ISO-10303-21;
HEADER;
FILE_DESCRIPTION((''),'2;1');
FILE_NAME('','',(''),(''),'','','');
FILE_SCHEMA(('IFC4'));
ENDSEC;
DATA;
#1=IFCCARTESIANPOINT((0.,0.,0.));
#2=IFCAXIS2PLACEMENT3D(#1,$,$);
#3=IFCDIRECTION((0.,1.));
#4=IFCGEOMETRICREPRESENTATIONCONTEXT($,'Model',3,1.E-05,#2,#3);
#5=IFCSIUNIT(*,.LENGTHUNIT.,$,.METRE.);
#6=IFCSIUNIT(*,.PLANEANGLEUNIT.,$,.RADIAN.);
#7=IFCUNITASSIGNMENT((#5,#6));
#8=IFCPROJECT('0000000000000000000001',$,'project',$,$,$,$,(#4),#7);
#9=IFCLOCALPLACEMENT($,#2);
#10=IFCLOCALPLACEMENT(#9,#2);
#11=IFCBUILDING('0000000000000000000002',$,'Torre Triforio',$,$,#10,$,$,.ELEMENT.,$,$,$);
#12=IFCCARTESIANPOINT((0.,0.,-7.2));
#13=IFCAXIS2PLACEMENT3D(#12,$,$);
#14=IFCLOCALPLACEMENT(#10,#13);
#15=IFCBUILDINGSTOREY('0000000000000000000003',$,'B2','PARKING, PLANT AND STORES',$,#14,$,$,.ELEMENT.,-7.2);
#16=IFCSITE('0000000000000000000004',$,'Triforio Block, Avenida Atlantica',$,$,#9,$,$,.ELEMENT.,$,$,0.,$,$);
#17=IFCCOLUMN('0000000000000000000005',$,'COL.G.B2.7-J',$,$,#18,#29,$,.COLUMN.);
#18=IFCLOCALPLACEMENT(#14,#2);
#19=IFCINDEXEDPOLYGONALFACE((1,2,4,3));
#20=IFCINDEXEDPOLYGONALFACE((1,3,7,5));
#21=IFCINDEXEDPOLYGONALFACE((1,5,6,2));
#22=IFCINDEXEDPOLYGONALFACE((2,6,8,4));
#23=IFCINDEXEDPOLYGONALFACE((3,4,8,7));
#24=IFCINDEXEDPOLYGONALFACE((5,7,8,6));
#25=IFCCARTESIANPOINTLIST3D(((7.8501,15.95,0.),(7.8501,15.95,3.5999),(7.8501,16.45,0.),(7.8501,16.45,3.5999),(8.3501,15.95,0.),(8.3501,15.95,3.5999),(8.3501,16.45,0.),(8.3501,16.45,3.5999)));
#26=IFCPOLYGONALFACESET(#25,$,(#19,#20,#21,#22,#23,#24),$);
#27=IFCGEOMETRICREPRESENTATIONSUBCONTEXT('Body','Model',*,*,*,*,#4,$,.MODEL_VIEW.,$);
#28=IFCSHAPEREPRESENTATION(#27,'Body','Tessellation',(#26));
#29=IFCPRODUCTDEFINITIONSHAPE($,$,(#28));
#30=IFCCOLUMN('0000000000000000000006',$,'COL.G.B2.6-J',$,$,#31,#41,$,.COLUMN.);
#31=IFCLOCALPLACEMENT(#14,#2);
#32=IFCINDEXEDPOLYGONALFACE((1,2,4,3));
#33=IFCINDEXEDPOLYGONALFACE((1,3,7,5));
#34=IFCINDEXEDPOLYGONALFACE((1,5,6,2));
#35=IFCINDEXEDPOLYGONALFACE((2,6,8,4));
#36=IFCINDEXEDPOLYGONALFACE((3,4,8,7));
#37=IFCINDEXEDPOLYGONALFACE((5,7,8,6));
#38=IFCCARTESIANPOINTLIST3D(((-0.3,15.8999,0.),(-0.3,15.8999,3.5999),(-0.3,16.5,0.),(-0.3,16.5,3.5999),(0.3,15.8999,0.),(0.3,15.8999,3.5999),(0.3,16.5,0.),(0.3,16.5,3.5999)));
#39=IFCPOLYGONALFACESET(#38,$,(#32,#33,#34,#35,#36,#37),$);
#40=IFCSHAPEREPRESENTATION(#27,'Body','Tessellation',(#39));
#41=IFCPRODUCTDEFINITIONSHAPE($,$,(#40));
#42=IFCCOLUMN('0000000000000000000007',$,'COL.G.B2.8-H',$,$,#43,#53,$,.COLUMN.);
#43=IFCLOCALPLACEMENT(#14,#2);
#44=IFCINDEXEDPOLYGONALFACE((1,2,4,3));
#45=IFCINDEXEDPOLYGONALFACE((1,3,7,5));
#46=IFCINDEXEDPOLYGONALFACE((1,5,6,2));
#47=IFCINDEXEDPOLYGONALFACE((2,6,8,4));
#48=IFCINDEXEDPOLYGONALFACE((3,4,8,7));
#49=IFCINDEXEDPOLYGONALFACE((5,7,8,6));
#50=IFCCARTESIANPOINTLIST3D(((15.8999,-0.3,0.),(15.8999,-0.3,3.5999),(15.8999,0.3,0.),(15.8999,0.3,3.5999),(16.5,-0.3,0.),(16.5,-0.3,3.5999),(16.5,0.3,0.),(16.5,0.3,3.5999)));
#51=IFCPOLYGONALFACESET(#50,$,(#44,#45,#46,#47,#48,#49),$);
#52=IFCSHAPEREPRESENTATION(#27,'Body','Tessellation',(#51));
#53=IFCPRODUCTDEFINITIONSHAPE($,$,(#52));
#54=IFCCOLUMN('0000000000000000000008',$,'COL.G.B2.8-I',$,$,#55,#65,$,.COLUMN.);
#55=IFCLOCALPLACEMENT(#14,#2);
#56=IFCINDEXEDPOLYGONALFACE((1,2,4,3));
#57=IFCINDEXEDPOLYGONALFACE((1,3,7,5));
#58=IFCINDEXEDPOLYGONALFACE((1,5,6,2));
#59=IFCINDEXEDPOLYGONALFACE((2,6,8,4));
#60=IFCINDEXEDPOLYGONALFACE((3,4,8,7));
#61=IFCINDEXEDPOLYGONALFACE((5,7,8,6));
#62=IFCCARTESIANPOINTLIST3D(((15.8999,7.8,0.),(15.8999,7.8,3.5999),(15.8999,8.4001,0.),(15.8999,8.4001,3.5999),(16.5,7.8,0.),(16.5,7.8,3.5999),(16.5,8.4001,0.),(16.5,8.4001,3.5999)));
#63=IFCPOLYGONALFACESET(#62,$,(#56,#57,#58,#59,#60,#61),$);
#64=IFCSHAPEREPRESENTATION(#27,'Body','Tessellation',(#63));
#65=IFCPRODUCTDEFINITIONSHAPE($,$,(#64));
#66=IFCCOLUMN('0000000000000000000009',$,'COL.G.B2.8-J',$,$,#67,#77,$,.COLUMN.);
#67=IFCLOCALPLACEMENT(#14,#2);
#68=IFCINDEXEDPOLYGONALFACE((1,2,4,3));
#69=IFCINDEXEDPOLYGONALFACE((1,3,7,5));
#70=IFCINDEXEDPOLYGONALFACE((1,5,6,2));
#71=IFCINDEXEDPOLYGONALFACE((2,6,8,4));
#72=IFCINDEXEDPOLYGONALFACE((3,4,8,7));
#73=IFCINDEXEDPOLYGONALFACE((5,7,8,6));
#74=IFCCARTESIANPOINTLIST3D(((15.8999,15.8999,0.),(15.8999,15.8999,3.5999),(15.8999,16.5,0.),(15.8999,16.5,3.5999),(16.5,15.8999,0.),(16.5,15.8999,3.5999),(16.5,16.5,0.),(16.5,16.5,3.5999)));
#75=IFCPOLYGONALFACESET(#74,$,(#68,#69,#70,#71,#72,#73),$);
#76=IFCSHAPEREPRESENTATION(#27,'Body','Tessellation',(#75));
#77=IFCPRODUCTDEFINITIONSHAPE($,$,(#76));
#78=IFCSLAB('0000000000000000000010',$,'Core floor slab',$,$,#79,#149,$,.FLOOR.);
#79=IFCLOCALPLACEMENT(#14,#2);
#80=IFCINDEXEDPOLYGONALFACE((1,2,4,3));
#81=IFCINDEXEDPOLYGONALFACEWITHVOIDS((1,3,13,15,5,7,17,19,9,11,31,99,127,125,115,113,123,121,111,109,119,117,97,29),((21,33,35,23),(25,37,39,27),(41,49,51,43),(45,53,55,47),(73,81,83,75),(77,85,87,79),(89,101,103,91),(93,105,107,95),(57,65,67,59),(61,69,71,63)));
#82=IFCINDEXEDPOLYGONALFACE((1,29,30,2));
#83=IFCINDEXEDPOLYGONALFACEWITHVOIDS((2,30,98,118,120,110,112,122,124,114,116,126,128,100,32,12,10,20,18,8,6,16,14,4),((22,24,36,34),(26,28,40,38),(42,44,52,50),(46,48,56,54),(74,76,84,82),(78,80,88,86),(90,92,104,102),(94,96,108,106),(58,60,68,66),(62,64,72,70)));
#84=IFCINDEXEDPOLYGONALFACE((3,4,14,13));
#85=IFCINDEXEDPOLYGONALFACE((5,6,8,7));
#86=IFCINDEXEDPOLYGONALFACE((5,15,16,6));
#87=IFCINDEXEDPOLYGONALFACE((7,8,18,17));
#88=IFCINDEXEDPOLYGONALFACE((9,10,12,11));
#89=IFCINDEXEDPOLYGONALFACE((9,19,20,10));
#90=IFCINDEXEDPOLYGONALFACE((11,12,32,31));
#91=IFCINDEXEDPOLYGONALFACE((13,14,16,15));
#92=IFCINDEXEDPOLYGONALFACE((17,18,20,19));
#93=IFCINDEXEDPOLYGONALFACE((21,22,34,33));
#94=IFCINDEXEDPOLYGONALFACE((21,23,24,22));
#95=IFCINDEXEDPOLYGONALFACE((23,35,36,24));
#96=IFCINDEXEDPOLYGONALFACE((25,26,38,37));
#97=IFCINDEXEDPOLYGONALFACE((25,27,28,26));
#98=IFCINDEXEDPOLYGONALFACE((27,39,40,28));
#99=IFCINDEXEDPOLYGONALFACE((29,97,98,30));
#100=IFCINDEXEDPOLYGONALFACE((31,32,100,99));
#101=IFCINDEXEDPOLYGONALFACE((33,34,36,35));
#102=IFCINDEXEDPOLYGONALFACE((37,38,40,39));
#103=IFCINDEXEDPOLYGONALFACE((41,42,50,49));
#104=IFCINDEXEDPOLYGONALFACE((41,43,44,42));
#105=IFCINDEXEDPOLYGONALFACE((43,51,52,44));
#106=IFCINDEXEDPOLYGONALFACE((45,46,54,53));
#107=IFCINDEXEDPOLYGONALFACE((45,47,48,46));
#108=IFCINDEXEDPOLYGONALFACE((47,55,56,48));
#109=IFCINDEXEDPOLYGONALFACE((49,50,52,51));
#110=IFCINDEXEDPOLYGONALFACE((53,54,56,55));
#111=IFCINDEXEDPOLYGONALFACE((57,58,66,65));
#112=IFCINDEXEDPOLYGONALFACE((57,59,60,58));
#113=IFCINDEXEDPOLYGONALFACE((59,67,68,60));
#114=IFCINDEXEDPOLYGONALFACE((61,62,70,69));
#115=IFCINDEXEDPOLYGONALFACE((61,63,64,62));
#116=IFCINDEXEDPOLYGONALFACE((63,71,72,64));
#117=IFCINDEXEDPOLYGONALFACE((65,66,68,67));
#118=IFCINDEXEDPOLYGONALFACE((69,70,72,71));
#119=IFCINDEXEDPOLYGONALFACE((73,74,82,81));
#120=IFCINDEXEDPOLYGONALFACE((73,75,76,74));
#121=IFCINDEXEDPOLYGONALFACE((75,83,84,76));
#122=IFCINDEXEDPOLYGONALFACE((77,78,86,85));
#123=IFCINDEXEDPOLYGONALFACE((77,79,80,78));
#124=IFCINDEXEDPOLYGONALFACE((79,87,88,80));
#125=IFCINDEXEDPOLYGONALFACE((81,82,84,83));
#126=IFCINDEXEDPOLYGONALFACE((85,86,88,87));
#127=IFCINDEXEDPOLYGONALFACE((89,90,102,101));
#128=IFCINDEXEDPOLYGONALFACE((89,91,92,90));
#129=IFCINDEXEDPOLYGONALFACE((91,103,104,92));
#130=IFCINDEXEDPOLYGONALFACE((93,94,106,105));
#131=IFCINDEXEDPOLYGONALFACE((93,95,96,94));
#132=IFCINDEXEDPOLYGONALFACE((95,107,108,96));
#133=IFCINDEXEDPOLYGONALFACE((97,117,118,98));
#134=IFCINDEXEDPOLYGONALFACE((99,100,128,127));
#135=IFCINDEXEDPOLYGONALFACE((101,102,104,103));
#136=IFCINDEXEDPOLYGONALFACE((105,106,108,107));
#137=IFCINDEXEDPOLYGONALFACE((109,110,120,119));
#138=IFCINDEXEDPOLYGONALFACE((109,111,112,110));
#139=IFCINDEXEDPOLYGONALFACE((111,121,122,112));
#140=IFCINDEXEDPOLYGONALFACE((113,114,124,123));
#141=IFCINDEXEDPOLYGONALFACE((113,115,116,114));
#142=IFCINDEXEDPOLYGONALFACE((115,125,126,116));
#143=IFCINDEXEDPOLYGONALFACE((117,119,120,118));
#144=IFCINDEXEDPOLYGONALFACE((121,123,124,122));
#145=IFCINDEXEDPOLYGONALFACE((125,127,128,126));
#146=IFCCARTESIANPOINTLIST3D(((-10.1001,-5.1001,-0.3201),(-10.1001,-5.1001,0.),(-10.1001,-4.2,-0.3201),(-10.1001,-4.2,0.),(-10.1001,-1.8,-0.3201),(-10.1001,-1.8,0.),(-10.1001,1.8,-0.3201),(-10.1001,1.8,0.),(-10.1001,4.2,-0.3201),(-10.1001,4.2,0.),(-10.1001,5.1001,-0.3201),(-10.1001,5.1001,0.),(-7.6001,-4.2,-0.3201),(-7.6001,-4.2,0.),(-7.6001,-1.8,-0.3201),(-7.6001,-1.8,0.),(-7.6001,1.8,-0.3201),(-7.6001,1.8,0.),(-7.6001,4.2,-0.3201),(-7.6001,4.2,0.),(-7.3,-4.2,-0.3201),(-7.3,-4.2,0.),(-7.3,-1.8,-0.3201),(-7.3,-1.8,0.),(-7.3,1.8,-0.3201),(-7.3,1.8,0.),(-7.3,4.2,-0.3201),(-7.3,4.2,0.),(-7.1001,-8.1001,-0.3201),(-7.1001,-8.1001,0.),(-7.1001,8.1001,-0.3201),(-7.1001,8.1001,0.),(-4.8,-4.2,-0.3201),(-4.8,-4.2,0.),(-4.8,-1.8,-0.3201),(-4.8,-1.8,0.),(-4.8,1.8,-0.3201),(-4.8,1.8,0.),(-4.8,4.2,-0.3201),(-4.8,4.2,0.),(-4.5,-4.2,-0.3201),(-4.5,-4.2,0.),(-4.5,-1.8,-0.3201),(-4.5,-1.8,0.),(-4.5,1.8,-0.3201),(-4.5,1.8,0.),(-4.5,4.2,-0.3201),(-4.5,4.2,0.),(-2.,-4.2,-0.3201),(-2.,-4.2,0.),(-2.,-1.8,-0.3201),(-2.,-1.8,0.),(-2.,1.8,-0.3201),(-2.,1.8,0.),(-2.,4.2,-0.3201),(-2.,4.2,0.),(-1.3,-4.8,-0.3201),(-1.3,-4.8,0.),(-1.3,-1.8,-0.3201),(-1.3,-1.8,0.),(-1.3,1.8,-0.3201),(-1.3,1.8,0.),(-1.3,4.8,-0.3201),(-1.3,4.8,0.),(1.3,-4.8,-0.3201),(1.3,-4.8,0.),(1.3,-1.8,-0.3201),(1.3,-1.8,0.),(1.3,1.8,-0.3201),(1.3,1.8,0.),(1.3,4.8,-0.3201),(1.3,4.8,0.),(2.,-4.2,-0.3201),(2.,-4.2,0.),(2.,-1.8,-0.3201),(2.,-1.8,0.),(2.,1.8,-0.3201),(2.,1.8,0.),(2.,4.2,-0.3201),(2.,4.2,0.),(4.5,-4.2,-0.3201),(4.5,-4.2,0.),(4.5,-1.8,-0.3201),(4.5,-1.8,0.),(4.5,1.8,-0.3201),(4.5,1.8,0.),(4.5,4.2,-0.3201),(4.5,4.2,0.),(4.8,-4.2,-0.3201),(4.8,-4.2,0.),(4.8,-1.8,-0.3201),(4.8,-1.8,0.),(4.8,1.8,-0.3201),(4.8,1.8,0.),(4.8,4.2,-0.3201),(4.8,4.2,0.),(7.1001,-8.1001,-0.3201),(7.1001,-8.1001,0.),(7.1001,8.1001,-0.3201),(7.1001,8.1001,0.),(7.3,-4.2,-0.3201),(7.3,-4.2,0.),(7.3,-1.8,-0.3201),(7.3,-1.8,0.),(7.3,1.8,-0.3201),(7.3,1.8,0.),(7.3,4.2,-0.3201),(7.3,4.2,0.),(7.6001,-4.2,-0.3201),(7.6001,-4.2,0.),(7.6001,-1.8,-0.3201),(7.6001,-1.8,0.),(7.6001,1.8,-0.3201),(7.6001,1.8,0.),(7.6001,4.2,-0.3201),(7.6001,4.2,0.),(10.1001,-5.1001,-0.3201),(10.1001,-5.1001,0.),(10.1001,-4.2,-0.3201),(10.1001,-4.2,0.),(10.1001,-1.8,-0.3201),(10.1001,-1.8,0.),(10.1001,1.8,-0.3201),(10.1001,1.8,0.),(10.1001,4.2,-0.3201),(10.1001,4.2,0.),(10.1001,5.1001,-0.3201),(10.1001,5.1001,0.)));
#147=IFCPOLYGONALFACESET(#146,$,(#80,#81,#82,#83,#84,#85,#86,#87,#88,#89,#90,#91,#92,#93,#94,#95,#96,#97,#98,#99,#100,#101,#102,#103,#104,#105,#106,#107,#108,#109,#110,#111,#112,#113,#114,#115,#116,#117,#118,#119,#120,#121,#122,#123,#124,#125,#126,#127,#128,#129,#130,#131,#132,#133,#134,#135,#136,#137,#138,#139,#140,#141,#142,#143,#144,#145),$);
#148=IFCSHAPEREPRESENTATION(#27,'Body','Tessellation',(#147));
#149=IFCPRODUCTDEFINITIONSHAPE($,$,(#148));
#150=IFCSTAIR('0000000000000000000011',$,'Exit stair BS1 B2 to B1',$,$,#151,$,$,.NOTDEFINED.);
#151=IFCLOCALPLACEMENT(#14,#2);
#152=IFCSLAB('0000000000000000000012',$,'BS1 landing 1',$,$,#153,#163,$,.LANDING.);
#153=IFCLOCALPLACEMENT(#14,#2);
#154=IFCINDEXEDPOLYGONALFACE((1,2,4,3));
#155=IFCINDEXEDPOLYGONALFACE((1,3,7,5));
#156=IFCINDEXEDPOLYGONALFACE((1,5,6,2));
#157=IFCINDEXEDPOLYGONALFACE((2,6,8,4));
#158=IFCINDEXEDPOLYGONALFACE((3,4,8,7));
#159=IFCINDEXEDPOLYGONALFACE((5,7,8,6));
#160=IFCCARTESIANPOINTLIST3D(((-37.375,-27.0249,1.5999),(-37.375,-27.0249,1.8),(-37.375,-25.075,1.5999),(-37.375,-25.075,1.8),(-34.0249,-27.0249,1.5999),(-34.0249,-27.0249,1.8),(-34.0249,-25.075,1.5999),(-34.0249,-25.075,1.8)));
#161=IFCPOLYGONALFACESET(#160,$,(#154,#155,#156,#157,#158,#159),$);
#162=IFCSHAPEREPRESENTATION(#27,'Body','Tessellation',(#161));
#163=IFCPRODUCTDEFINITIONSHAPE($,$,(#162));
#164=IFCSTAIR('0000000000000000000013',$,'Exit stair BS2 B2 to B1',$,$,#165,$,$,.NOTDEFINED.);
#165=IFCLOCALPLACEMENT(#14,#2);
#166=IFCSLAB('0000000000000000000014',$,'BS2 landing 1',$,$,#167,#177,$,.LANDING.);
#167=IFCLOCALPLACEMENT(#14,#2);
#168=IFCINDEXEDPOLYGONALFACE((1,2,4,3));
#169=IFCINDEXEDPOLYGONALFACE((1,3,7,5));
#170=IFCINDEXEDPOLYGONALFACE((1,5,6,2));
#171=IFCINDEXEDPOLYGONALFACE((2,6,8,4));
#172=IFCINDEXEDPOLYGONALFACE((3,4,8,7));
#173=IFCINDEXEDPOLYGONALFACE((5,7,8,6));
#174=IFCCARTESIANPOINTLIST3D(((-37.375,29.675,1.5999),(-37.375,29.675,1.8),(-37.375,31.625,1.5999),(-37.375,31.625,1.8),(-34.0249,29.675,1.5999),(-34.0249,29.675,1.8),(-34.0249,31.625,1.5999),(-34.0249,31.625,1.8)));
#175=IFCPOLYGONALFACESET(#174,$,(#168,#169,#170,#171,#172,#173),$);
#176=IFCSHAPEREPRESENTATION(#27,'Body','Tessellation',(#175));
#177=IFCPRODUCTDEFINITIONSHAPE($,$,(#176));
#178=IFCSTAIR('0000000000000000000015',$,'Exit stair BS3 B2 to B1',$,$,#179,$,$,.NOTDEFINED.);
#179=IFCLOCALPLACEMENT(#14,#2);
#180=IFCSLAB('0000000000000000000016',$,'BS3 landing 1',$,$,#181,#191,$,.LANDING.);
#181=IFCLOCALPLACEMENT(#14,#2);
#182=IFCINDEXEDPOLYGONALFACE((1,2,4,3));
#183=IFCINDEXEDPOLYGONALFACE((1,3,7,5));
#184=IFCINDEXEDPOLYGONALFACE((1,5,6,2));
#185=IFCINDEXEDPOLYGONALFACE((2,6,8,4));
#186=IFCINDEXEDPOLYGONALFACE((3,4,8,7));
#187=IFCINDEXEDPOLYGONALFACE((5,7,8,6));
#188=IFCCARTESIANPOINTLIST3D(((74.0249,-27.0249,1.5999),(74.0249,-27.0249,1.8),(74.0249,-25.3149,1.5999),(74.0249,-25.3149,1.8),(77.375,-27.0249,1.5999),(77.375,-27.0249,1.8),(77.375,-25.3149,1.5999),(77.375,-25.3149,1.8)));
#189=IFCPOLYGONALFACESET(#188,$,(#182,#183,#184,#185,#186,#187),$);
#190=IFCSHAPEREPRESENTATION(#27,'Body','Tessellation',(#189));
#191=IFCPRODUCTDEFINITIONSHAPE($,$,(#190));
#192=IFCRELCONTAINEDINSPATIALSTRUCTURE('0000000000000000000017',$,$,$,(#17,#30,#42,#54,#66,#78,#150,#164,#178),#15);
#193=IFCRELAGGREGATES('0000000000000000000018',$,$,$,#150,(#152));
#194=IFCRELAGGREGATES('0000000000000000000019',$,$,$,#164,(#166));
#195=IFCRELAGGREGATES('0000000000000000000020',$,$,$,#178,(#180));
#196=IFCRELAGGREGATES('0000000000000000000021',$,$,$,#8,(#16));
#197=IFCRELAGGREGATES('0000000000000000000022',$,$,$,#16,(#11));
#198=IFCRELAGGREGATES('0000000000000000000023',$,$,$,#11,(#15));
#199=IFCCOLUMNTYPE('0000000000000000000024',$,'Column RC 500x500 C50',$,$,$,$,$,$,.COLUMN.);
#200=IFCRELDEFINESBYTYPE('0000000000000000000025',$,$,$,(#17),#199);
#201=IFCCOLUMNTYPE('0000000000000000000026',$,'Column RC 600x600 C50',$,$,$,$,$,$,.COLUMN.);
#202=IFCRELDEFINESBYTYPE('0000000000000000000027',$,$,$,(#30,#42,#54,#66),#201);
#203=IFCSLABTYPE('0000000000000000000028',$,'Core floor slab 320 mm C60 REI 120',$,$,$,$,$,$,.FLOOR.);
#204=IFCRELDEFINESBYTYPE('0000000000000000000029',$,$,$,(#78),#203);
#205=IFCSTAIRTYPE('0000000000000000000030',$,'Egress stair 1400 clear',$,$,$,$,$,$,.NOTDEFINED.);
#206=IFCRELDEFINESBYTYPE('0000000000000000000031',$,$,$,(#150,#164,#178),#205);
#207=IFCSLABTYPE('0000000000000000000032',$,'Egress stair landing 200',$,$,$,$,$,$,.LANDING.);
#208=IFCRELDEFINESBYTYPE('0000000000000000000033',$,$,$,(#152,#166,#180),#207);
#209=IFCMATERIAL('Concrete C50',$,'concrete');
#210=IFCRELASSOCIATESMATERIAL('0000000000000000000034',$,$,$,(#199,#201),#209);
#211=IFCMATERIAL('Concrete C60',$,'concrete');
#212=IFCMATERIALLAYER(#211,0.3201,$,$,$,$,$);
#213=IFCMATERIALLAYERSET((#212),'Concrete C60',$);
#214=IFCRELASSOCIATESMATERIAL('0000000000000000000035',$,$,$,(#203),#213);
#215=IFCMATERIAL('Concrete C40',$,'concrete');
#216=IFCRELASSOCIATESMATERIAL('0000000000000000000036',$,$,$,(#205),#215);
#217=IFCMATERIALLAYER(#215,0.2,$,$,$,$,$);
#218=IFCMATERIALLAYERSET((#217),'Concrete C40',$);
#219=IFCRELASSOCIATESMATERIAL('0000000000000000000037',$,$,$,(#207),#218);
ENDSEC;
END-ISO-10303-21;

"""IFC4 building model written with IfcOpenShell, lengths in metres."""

from ifc_helpers import new_model, si_unit, direction, frame, origin, origin_2d, place, context, subcontext, project, spatial, polyline, rectangle, outline, extrude, material, layer, layer_set, material_profile, profile_set, type_object, element, aggregate, save


model = new_model("IFC4")

# Units and contexts
model_context = context("Model", 3, precision=1e-05, world=origin(), true_north=direction((0.0, 1.0)))
body_context = subcontext(model_context, "Body", "Model", "MODEL_VIEW")
ifc_project = project(units=[si_unit("LENGTHUNIT", "METRE"), si_unit("PLANEANGLEUNIT", "RADIAN")], contexts=[model_context])

# Site, building, storey
site_placement = place(None, origin())
site = spatial("IfcSite", under=ifc_project, at=site_placement, Name="Triforio Block, Avenida Atlantica", CompositionType="ELEMENT", RefElevation=0.0)
building_placement = place(site_placement, origin())
building = spatial("IfcBuilding", under=site, at=building_placement, Name="Torre Triforio", CompositionType="ELEMENT")
storey_placement = place(building_placement, frame((0.0, 0.0, -7.2)))
storey = spatial("IfcBuildingStorey", under=building, at=storey_placement, Name="B2", Description="PARKING, PLANT AND STORES", CompositionType="ELEMENT", Elevation=-7.2)

# Columns
ifc_material_1 = material(Name="Concrete C50", Category="concrete")
ifc_material_profile_1 = material_profile(ifc_material_1, rectangle(XDim=0.5, YDim=0.5, at=origin_2d()), Name="RC 500x500")
ifc_profile_set_1 = profile_set([ifc_material_profile_1], Name="Concrete C50")
column_type_1 = type_object("IfcColumnType", Name="Column RC 500x500 C50", PredefinedType="COLUMN", material=ifc_profile_set_1)
column_placement = place(storey_placement, frame((8.1001, 16.2, 0.0), z_axis=(0.0, 0.0, 1.0), x_axis=(1.0, 0.0, 0.0)))
element("IfcColumn", 1, at=column_placement, inside=storey, type_object=column_type_1, Name="COL.G.B2.7-J", PredefinedType="COLUMN", context=body_context, shape_type="SweptSolid", body=[
    extrude(rectangle(XDim=0.5, YDim=0.5, at=origin_2d()), origin(), (0.0, 0.0, 1.0), 3.5999),
])
ifc_material_profile_2 = material_profile(ifc_material_1, rectangle(XDim=0.6001, YDim=0.6001, at=origin_2d()), Name="RC 600x600")
ifc_profile_set_2 = profile_set([ifc_material_profile_2], Name="Concrete C50")
column_type_2 = type_object("IfcColumnType", Name="Column RC 600x600 C50", PredefinedType="COLUMN", material=ifc_profile_set_2)
for number, where, z_axis, x_axis, name in (
    (2, (0.0, 16.2, 0.0), (0.0, 0.0, 1.0), (1.0, 0.0, 0.0), "COL.G.B2.6-J"),
    (3, (16.2, 0.0, 0.0), (0.0, 0.0, 1.0), (1.0, 0.0, 0.0), "COL.G.B2.8-H"),
    (4, (16.2, 8.1001, 0.0), (0.0, 0.0, 1.0), (1.0, 0.0, 0.0), "COL.G.B2.8-I"),
    (5, (16.2, 16.2, 0.0), (0.0, 0.0, 1.0), (1.0, 0.0, 0.0), "COL.G.B2.8-J"),
):
    element("IfcColumn", number, at=place(storey_placement, frame(where, z_axis=z_axis, x_axis=x_axis)), inside=storey, type_object=column_type_2, Name=name, PredefinedType="COLUMN", context=body_context, shape_type="SweptSolid", body=[
        extrude(rectangle(XDim=0.6001, YDim=0.6001, at=origin_2d()), origin(), (0.0, 0.0, 1.0), 3.5999),
    ])

# Slab
ifc_material_2 = material(Name="Concrete C60", Category="concrete")
ifc_layer_1 = layer(ifc_material_2, 0.3201)
ifc_layer_set_1 = layer_set([ifc_layer_1], Name="Concrete C60")
slab_type_1 = type_object("IfcSlabType", Name="Core floor slab 320 mm C60 REI 120", PredefinedType="FLOOR", material=ifc_layer_set_1)
slab_1_placement = place(storey_placement, frame((0.0, 0.0, -0.3201)))
element("IfcSlab", 6, at=slab_1_placement, inside=storey, type_object=slab_type_1, Name="Core floor slab", PredefinedType="FLOOR", context=body_context, shape_type="SweptSolid", body=[
    extrude(outline(polyline([(10.1001, -5.1001), (7.1001, -8.1001), (-7.1001, -8.1001), (-10.1001, -5.1001), (-10.1001, -4.2), (-7.6001, -4.2), (-7.6001, -1.8), (-10.1001, -1.8), (-10.1001, 1.8), (-7.6001, 1.8), (-7.6001, 4.2), (-10.1001, 4.2), (-10.1001, 5.1001), (-7.1001, 8.1001), (7.1001, 8.1001), (10.1001, 5.1001), (10.1001, 4.2), (7.6001, 4.2), (7.6001, 1.8), (10.1001, 1.8), (10.1001, -1.8), (7.6001, -1.8), (7.6001, -4.2), (10.1001, -4.2), (10.1001, -5.1001)]), holes=[polyline([(-4.8, -1.8), (-7.3, -1.8), (-7.3, -4.2), (-4.8, -4.2), (-4.8, -1.8)]), polyline([(-2.0, -1.8), (-4.5, -1.8), (-4.5, -4.2), (-2.0, -4.2), (-2.0, -1.8)]), polyline([(-4.8, 4.2), (-7.3, 4.2), (-7.3, 1.8), (-4.8, 1.8), (-4.8, 4.2)]), polyline([(-2.0, 4.2), (-4.5, 4.2), (-4.5, 1.8), (-2.0, 1.8), (-2.0, 4.2)]), polyline([(1.3, 4.8), (-1.3, 4.8), (-1.3, 1.8), (1.3, 1.8), (1.3, 4.8)]), polyline([(-1.3, -1.8), (-1.3, -4.8), (1.3, -4.8), (1.3, -1.8), (-1.3, -1.8)]), polyline([(4.5, -1.8), (2.0, -1.8), (2.0, -4.2), (4.5, -4.2), (4.5, -1.8)]), polyline([(7.3, -1.8), (4.8, -1.8), (4.8, -4.2), (7.3, -4.2), (7.3, -1.8)]), polyline([(4.5, 4.2), (2.0, 4.2), (2.0, 1.8), (4.5, 1.8), (4.5, 4.2)]), polyline([(7.3, 4.2), (4.8, 4.2), (4.8, 1.8), (7.3, 1.8), (7.3, 4.2)])]), origin(), (0.0, 0.0, 1.0), 0.3201),
])

# Stairs, slabs
ifc_material_3 = material(Name="Concrete C40", Category="concrete")
stair_type = type_object("IfcStairType", Name="Egress stair 1400 clear", PredefinedType="NOTDEFINED", material=ifc_material_3)
stair_1_placement = place(storey_placement, origin())
stair_1 = element("IfcStair", 7, at=stair_1_placement, inside=storey, type_object=stair_type, Name="Exit stair BS1 B2 to B1", PredefinedType="NOTDEFINED")
ifc_layer_2 = layer(ifc_material_3, 0.2)
ifc_layer_set_2 = layer_set([ifc_layer_2], Name="Concrete C40")
slab_type_2 = type_object("IfcSlabType", Name="Egress stair landing 200", PredefinedType="LANDING", material=ifc_layer_set_2)
slab_2_placement = place(storey_placement, frame((0.0, 0.0, 1.5999)))
slab_2 = element("IfcSlab", 8, at=slab_2_placement, type_object=slab_type_2, Name="BS1 landing 1", PredefinedType="LANDING", context=body_context, shape_type="SweptSolid", body=[
    extrude(outline(polyline([(-37.375, -27.0249), (-34.0249, -27.0249), (-34.0249, -25.075), (-37.375, -25.075), (-37.375, -27.0249)])), origin(), (0.0, 0.0, 1.0), 0.2002),
])
aggregate(stair_1, [slab_2])
stair_2_placement = place(storey_placement, origin())
stair_2 = element("IfcStair", 9, at=stair_2_placement, inside=storey, type_object=stair_type, Name="Exit stair BS2 B2 to B1", PredefinedType="NOTDEFINED")
slab_3_placement = place(storey_placement, frame((0.0, 0.0, 1.5999)))
slab_3 = element("IfcSlab", 10, at=slab_3_placement, type_object=slab_type_2, Name="BS2 landing 1", PredefinedType="LANDING", context=body_context, shape_type="SweptSolid", body=[
    extrude(outline(polyline([(-37.375, 29.675), (-34.0249, 29.675), (-34.0249, 31.625), (-37.375, 31.625), (-37.375, 29.675)])), origin(), (0.0, 0.0, 1.0), 0.2002),
])
aggregate(stair_2, [slab_3])
stair_3_placement = place(storey_placement, origin())
stair_3 = element("IfcStair", 11, at=stair_3_placement, inside=storey, type_object=stair_type, Name="Exit stair BS3 B2 to B1", PredefinedType="NOTDEFINED")
slab_4_placement = place(storey_placement, frame((0.0, 0.0, 1.5999)))
slab_4 = element("IfcSlab", 12, at=slab_4_placement, type_object=slab_type_2, Name="BS3 landing 1", PredefinedType="LANDING", context=body_context, shape_type="SweptSolid", body=[
    extrude(outline(polyline([(74.0249, -27.0249), (77.375, -27.0249), (77.375, -25.3149), (74.0249, -25.3149), (74.0249, -27.0249)])), origin(), (0.0, 0.0, 1.0), 0.2002),
])
aggregate(stair_3, [slab_4])

save(model, "model.ifc")
